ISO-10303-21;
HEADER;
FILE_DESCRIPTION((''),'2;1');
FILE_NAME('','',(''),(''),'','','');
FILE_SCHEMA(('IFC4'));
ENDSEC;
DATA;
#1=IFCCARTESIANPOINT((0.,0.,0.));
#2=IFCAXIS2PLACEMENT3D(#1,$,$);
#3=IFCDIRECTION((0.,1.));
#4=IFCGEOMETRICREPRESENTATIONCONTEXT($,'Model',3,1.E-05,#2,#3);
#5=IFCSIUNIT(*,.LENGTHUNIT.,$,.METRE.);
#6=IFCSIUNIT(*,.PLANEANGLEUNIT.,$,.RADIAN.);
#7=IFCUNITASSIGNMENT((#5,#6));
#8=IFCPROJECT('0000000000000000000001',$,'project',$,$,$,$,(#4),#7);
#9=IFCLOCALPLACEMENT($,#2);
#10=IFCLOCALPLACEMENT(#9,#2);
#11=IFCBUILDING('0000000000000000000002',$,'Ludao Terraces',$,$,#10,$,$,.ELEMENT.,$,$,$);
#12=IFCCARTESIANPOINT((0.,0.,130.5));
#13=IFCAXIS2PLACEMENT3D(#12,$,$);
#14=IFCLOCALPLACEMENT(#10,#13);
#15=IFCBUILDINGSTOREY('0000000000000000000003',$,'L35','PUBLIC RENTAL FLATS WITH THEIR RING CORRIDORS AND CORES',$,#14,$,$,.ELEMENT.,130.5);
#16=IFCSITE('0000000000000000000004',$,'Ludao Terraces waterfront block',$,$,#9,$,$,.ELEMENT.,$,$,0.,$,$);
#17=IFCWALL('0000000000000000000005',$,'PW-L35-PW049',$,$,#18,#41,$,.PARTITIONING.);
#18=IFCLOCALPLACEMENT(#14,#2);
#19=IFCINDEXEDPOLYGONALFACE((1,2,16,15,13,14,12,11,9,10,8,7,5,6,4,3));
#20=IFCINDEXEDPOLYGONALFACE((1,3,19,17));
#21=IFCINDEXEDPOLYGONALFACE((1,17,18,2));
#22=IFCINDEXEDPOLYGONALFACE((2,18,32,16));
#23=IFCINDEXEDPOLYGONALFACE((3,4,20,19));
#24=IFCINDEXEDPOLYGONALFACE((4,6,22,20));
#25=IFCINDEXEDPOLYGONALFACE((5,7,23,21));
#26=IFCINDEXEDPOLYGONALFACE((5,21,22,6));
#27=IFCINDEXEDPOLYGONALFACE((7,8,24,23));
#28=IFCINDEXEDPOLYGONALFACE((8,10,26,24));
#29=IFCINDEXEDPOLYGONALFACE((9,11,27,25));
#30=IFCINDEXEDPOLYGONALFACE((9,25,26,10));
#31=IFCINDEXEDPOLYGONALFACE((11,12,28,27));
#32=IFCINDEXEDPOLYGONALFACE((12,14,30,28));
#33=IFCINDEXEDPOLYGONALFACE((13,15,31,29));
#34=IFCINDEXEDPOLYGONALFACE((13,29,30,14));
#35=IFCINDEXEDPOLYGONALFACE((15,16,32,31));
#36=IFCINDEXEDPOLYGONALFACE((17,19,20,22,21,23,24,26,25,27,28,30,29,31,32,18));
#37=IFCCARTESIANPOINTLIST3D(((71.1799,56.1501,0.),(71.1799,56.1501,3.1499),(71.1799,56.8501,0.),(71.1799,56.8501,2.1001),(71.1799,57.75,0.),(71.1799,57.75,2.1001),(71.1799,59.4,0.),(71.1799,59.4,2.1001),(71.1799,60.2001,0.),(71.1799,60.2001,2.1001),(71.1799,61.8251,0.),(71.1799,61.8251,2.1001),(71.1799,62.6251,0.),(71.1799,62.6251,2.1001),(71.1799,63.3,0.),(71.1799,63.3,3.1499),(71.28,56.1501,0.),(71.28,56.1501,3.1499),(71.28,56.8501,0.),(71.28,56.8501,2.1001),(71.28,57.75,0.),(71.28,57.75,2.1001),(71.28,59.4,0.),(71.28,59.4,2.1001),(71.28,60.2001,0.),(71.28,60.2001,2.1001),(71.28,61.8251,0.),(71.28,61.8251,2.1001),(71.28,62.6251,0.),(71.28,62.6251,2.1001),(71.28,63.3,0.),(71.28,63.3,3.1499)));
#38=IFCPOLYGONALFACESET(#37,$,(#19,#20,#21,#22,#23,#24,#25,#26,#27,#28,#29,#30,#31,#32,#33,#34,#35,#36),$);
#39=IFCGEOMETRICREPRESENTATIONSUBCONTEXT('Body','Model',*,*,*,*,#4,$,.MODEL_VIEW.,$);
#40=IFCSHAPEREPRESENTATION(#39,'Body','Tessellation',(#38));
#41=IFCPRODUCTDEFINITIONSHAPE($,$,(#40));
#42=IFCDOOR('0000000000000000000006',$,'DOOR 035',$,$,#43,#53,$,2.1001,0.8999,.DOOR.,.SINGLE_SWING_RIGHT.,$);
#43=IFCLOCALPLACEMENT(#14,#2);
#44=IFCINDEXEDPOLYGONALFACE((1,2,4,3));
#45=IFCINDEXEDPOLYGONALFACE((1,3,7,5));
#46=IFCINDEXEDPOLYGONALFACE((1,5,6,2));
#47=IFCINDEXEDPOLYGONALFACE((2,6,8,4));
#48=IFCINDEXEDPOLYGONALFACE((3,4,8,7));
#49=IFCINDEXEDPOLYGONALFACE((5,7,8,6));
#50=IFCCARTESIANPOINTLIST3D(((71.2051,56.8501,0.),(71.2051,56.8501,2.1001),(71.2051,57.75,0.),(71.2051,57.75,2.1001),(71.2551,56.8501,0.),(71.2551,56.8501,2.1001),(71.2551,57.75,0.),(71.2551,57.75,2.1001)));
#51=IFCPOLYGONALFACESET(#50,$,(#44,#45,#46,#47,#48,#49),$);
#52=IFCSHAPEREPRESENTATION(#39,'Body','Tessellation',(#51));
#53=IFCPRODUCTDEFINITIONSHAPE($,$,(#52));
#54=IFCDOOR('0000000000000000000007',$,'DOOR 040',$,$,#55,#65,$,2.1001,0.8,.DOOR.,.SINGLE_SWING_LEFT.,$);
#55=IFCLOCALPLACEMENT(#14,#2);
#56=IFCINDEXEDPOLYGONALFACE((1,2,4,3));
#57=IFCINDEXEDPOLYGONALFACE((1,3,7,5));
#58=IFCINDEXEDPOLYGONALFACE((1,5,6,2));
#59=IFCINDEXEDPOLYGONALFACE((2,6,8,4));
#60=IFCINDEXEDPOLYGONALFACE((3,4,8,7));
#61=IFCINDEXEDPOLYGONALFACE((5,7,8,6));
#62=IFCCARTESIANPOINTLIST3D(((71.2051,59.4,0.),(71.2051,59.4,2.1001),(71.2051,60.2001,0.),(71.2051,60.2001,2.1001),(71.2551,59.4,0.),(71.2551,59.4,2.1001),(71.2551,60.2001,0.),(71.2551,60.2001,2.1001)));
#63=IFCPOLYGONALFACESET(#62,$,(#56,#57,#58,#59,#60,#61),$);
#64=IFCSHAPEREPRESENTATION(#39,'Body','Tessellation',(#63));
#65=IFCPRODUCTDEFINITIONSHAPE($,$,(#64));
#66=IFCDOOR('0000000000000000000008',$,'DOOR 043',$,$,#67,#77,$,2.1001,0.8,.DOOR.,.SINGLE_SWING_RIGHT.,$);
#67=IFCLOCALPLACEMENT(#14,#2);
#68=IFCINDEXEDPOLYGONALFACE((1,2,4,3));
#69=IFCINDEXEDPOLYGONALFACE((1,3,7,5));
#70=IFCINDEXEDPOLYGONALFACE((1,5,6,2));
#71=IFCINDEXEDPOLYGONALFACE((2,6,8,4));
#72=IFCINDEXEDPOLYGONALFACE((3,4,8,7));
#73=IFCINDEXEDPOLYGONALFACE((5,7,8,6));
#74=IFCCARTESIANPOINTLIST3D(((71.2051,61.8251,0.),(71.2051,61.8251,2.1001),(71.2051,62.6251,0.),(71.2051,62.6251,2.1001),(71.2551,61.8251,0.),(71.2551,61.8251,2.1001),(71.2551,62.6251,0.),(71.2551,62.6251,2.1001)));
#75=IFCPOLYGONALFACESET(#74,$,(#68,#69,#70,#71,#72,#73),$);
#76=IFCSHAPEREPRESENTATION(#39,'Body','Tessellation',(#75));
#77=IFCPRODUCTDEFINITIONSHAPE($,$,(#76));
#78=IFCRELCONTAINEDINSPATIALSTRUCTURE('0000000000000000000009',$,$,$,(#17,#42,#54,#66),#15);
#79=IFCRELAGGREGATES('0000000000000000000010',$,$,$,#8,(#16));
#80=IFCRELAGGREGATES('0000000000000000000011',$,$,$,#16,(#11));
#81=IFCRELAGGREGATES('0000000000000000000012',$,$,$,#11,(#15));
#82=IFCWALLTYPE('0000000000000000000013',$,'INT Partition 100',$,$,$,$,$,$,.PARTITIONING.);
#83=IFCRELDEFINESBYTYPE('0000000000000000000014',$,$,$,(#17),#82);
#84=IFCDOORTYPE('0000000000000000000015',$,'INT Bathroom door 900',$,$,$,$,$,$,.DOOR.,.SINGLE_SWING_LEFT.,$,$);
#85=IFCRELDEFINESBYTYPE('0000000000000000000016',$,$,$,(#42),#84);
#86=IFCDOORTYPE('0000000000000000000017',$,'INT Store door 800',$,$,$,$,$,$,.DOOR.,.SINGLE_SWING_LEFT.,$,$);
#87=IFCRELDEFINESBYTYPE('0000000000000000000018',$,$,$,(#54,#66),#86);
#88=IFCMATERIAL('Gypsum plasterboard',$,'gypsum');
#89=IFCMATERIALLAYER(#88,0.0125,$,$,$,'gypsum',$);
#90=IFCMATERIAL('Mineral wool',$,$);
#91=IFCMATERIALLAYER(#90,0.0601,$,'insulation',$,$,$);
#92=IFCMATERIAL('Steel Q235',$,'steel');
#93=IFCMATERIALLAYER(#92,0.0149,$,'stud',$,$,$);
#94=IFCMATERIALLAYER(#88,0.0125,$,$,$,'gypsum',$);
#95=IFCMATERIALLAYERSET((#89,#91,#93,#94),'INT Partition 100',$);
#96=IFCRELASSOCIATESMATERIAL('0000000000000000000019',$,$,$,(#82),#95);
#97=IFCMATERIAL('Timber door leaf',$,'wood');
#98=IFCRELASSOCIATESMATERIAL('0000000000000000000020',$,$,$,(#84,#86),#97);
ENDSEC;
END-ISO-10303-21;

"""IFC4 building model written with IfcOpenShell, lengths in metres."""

from ifc_helpers import new_model, si_unit, direction, frame, frame_2d, origin, place, context, subcontext, project, spatial, rectangle, extrude, material, layer, layer_set, type_object, element, fill, save


model = new_model("IFC4")

# Units and contexts
model_context = context("Model", 3, precision=1e-05, world=origin(), true_north=direction((0.0, 1.0)))
body_context = subcontext(model_context, "Body", "Model", "MODEL_VIEW")
ifc_project = project(units=[si_unit("LENGTHUNIT", "METRE"), si_unit("PLANEANGLEUNIT", "RADIAN")], contexts=[model_context])

# Site, building, storey
site_placement = place(None, origin())
site = spatial("IfcSite", under=ifc_project, at=site_placement, Name="Ludao Terraces waterfront block", CompositionType="ELEMENT", RefElevation=0.0)
building_placement = place(site_placement, origin())
building = spatial("IfcBuilding", under=site, at=building_placement, Name="Ludao Terraces", CompositionType="ELEMENT")
storey_placement = place(building_placement, frame((0.0, 0.0, 130.5)))
storey = spatial("IfcBuildingStorey", under=building, at=storey_placement, Name="L35", Description="PUBLIC RENTAL FLATS WITH THEIR RING CORRIDORS AND CORES", CompositionType="ELEMENT", Elevation=130.5)

# Shared definitions
ifc_material_1 = material(Name="Steel Q235", Category="steel")
ifc_material_2 = material(Name="Timber door leaf", Category="wood")

# Shared definitions
ifc_material_3 = material(Name="Gypsum plasterboard", Category="gypsum")
ifc_layer_1 = layer(ifc_material_3, 0.0125, Category="gypsum")
ifc_material_4 = material(Name="Mineral wool")
ifc_layer_2 = layer(ifc_material_4, 0.0601, Name="insulation")
ifc_layer_3 = layer(ifc_material_1, 0.0149, Name="stud")
ifc_layer_4 = layer(ifc_material_3, 0.0125, Category="gypsum")
ifc_layer_set_1 = layer_set([ifc_layer_1, ifc_layer_2, ifc_layer_3, ifc_layer_4], Name="INT Partition 100")
wall_type_1 = type_object("IfcWallType", Name="INT Partition 100", PredefinedType="PARTITIONING", material=ifc_layer_set_1)

# Wall, openings, doors
wall_1_placement = place(storey_placement, frame((71.23, 56.1501, 0.0), z_axis=(0.0, 0.0, 1.0), x_axis=(0.0, 1.0, 0.0)))
wall_1 = element("IfcWall", 1, at=wall_1_placement, inside=storey, type_object=wall_type_1, Name="PW-L35-PW049", PredefinedType="PARTITIONING", context=body_context, shape_type="SweptSolid", body=[
    extrude(rectangle(XDim=7.1499, YDim=0.1001, at=frame_2d((3.575, 0.0))), origin(), (0.0, 0.0, 1.0), 3.1499),
])
opening_1_placement = place(wall_1_placement, frame((0.7, 0.0, 0.0)))
opening_1 = element("IfcOpeningElement", 2, at=opening_1_placement, cuts=wall_1, PredefinedType="OPENING", context=body_context, shape_type="SweptSolid", body=[
    extrude(rectangle(XDim=0.8999, YDim=2.1001, at=frame_2d((0.45, 1.05))), frame((0.0, 0.0601, 0.0), z_axis=(0.0, -1.0, 0.0), x_axis=(1.0, 0.0, 0.0)), (0.0, 0.0, 1.0), 0.1201),
])
opening_2_placement = place(wall_1_placement, frame((3.25, 0.0, 0.0)))
opening_2 = element("IfcOpeningElement", 3, at=opening_2_placement, cuts=wall_1, PredefinedType="OPENING", context=body_context, shape_type="SweptSolid", body=[
    extrude(rectangle(XDim=0.8, YDim=2.1001, at=frame_2d((0.3999, 1.05))), frame((0.0, 0.0601, 0.0), z_axis=(0.0, -1.0, 0.0), x_axis=(1.0, 0.0, 0.0)), (0.0, 0.0, 1.0), 0.1201),
])
opening_3_placement = place(wall_1_placement, frame((5.675, 0.0, 0.0)))
opening_3 = element("IfcOpeningElement", 4, at=opening_3_placement, cuts=wall_1, PredefinedType="OPENING", context=body_context, shape_type="SweptSolid", body=[
    extrude(rectangle(XDim=0.8, YDim=2.1001, at=frame_2d((0.3999, 1.05))), frame((0.0, 0.0601, 0.0), z_axis=(0.0, -1.0, 0.0), x_axis=(1.0, 0.0, 0.0)), (0.0, 0.0, 1.0), 0.1201),
])
door_type_1 = type_object("IfcDoorType", Name="INT Bathroom door 900", OperationType="SINGLE_SWING_LEFT", PredefinedType="DOOR", material=ifc_material_2)
door_1_placement = place(opening_1_placement, origin())
door_1 = element("IfcDoor", 5, at=door_1_placement, inside=storey, type_object=door_type_1, Name="DOOR 035", OperationType="SINGLE_SWING_RIGHT", OverallHeight=2.1001, OverallWidth=0.8999, PredefinedType="DOOR", context=body_context, shape_type="SweptSolid", body=[
    extrude(rectangle(XDim=0.8999, YDim=2.1001, at=frame_2d((0.45, 1.05))), frame((0.0, 0.0249, 0.0), z_axis=(0.0, -1.0, 0.0), x_axis=(1.0, 0.0, 0.0)), (0.0, 0.0, 1.0), 0.05),
])
fill(opening_1, door_1)
door_type_2 = type_object("IfcDoorType", Name="INT Store door 800", OperationType="SINGLE_SWING_LEFT", PredefinedType="DOOR", material=ifc_material_2)
door_2_placement = place(opening_2_placement, origin())
door_2 = element("IfcDoor", 6, at=door_2_placement, inside=storey, type_object=door_type_2, Name="DOOR 040", OperationType="SINGLE_SWING_LEFT", OverallHeight=2.1001, OverallWidth=0.8, PredefinedType="DOOR", context=body_context, shape_type="SweptSolid", body=[
    extrude(rectangle(XDim=0.8, YDim=2.1001, at=frame_2d((0.3999, 1.05))), frame((0.0, 0.0249, 0.0), z_axis=(0.0, -1.0, 0.0), x_axis=(1.0, 0.0, 0.0)), (0.0, 0.0, 1.0), 0.05),
])
fill(opening_2, door_2)
door_3_placement = place(opening_3_placement, origin())
door_3 = element("IfcDoor", 7, at=door_3_placement, inside=storey, type_object=door_type_2, Name="DOOR 043", OperationType="SINGLE_SWING_RIGHT", OverallHeight=2.1001, OverallWidth=0.8, PredefinedType="DOOR", context=body_context, shape_type="SweptSolid", body=[
    extrude(rectangle(XDim=0.8, YDim=2.1001, at=frame_2d((0.3999, 1.05))), frame((0.0, 0.0249, 0.0), z_axis=(0.0, -1.0, 0.0), x_axis=(1.0, 0.0, 0.0)), (0.0, 0.0, 1.0), 0.05),
])
fill(opening_3, door_3)

save(model, "model.ifc")
